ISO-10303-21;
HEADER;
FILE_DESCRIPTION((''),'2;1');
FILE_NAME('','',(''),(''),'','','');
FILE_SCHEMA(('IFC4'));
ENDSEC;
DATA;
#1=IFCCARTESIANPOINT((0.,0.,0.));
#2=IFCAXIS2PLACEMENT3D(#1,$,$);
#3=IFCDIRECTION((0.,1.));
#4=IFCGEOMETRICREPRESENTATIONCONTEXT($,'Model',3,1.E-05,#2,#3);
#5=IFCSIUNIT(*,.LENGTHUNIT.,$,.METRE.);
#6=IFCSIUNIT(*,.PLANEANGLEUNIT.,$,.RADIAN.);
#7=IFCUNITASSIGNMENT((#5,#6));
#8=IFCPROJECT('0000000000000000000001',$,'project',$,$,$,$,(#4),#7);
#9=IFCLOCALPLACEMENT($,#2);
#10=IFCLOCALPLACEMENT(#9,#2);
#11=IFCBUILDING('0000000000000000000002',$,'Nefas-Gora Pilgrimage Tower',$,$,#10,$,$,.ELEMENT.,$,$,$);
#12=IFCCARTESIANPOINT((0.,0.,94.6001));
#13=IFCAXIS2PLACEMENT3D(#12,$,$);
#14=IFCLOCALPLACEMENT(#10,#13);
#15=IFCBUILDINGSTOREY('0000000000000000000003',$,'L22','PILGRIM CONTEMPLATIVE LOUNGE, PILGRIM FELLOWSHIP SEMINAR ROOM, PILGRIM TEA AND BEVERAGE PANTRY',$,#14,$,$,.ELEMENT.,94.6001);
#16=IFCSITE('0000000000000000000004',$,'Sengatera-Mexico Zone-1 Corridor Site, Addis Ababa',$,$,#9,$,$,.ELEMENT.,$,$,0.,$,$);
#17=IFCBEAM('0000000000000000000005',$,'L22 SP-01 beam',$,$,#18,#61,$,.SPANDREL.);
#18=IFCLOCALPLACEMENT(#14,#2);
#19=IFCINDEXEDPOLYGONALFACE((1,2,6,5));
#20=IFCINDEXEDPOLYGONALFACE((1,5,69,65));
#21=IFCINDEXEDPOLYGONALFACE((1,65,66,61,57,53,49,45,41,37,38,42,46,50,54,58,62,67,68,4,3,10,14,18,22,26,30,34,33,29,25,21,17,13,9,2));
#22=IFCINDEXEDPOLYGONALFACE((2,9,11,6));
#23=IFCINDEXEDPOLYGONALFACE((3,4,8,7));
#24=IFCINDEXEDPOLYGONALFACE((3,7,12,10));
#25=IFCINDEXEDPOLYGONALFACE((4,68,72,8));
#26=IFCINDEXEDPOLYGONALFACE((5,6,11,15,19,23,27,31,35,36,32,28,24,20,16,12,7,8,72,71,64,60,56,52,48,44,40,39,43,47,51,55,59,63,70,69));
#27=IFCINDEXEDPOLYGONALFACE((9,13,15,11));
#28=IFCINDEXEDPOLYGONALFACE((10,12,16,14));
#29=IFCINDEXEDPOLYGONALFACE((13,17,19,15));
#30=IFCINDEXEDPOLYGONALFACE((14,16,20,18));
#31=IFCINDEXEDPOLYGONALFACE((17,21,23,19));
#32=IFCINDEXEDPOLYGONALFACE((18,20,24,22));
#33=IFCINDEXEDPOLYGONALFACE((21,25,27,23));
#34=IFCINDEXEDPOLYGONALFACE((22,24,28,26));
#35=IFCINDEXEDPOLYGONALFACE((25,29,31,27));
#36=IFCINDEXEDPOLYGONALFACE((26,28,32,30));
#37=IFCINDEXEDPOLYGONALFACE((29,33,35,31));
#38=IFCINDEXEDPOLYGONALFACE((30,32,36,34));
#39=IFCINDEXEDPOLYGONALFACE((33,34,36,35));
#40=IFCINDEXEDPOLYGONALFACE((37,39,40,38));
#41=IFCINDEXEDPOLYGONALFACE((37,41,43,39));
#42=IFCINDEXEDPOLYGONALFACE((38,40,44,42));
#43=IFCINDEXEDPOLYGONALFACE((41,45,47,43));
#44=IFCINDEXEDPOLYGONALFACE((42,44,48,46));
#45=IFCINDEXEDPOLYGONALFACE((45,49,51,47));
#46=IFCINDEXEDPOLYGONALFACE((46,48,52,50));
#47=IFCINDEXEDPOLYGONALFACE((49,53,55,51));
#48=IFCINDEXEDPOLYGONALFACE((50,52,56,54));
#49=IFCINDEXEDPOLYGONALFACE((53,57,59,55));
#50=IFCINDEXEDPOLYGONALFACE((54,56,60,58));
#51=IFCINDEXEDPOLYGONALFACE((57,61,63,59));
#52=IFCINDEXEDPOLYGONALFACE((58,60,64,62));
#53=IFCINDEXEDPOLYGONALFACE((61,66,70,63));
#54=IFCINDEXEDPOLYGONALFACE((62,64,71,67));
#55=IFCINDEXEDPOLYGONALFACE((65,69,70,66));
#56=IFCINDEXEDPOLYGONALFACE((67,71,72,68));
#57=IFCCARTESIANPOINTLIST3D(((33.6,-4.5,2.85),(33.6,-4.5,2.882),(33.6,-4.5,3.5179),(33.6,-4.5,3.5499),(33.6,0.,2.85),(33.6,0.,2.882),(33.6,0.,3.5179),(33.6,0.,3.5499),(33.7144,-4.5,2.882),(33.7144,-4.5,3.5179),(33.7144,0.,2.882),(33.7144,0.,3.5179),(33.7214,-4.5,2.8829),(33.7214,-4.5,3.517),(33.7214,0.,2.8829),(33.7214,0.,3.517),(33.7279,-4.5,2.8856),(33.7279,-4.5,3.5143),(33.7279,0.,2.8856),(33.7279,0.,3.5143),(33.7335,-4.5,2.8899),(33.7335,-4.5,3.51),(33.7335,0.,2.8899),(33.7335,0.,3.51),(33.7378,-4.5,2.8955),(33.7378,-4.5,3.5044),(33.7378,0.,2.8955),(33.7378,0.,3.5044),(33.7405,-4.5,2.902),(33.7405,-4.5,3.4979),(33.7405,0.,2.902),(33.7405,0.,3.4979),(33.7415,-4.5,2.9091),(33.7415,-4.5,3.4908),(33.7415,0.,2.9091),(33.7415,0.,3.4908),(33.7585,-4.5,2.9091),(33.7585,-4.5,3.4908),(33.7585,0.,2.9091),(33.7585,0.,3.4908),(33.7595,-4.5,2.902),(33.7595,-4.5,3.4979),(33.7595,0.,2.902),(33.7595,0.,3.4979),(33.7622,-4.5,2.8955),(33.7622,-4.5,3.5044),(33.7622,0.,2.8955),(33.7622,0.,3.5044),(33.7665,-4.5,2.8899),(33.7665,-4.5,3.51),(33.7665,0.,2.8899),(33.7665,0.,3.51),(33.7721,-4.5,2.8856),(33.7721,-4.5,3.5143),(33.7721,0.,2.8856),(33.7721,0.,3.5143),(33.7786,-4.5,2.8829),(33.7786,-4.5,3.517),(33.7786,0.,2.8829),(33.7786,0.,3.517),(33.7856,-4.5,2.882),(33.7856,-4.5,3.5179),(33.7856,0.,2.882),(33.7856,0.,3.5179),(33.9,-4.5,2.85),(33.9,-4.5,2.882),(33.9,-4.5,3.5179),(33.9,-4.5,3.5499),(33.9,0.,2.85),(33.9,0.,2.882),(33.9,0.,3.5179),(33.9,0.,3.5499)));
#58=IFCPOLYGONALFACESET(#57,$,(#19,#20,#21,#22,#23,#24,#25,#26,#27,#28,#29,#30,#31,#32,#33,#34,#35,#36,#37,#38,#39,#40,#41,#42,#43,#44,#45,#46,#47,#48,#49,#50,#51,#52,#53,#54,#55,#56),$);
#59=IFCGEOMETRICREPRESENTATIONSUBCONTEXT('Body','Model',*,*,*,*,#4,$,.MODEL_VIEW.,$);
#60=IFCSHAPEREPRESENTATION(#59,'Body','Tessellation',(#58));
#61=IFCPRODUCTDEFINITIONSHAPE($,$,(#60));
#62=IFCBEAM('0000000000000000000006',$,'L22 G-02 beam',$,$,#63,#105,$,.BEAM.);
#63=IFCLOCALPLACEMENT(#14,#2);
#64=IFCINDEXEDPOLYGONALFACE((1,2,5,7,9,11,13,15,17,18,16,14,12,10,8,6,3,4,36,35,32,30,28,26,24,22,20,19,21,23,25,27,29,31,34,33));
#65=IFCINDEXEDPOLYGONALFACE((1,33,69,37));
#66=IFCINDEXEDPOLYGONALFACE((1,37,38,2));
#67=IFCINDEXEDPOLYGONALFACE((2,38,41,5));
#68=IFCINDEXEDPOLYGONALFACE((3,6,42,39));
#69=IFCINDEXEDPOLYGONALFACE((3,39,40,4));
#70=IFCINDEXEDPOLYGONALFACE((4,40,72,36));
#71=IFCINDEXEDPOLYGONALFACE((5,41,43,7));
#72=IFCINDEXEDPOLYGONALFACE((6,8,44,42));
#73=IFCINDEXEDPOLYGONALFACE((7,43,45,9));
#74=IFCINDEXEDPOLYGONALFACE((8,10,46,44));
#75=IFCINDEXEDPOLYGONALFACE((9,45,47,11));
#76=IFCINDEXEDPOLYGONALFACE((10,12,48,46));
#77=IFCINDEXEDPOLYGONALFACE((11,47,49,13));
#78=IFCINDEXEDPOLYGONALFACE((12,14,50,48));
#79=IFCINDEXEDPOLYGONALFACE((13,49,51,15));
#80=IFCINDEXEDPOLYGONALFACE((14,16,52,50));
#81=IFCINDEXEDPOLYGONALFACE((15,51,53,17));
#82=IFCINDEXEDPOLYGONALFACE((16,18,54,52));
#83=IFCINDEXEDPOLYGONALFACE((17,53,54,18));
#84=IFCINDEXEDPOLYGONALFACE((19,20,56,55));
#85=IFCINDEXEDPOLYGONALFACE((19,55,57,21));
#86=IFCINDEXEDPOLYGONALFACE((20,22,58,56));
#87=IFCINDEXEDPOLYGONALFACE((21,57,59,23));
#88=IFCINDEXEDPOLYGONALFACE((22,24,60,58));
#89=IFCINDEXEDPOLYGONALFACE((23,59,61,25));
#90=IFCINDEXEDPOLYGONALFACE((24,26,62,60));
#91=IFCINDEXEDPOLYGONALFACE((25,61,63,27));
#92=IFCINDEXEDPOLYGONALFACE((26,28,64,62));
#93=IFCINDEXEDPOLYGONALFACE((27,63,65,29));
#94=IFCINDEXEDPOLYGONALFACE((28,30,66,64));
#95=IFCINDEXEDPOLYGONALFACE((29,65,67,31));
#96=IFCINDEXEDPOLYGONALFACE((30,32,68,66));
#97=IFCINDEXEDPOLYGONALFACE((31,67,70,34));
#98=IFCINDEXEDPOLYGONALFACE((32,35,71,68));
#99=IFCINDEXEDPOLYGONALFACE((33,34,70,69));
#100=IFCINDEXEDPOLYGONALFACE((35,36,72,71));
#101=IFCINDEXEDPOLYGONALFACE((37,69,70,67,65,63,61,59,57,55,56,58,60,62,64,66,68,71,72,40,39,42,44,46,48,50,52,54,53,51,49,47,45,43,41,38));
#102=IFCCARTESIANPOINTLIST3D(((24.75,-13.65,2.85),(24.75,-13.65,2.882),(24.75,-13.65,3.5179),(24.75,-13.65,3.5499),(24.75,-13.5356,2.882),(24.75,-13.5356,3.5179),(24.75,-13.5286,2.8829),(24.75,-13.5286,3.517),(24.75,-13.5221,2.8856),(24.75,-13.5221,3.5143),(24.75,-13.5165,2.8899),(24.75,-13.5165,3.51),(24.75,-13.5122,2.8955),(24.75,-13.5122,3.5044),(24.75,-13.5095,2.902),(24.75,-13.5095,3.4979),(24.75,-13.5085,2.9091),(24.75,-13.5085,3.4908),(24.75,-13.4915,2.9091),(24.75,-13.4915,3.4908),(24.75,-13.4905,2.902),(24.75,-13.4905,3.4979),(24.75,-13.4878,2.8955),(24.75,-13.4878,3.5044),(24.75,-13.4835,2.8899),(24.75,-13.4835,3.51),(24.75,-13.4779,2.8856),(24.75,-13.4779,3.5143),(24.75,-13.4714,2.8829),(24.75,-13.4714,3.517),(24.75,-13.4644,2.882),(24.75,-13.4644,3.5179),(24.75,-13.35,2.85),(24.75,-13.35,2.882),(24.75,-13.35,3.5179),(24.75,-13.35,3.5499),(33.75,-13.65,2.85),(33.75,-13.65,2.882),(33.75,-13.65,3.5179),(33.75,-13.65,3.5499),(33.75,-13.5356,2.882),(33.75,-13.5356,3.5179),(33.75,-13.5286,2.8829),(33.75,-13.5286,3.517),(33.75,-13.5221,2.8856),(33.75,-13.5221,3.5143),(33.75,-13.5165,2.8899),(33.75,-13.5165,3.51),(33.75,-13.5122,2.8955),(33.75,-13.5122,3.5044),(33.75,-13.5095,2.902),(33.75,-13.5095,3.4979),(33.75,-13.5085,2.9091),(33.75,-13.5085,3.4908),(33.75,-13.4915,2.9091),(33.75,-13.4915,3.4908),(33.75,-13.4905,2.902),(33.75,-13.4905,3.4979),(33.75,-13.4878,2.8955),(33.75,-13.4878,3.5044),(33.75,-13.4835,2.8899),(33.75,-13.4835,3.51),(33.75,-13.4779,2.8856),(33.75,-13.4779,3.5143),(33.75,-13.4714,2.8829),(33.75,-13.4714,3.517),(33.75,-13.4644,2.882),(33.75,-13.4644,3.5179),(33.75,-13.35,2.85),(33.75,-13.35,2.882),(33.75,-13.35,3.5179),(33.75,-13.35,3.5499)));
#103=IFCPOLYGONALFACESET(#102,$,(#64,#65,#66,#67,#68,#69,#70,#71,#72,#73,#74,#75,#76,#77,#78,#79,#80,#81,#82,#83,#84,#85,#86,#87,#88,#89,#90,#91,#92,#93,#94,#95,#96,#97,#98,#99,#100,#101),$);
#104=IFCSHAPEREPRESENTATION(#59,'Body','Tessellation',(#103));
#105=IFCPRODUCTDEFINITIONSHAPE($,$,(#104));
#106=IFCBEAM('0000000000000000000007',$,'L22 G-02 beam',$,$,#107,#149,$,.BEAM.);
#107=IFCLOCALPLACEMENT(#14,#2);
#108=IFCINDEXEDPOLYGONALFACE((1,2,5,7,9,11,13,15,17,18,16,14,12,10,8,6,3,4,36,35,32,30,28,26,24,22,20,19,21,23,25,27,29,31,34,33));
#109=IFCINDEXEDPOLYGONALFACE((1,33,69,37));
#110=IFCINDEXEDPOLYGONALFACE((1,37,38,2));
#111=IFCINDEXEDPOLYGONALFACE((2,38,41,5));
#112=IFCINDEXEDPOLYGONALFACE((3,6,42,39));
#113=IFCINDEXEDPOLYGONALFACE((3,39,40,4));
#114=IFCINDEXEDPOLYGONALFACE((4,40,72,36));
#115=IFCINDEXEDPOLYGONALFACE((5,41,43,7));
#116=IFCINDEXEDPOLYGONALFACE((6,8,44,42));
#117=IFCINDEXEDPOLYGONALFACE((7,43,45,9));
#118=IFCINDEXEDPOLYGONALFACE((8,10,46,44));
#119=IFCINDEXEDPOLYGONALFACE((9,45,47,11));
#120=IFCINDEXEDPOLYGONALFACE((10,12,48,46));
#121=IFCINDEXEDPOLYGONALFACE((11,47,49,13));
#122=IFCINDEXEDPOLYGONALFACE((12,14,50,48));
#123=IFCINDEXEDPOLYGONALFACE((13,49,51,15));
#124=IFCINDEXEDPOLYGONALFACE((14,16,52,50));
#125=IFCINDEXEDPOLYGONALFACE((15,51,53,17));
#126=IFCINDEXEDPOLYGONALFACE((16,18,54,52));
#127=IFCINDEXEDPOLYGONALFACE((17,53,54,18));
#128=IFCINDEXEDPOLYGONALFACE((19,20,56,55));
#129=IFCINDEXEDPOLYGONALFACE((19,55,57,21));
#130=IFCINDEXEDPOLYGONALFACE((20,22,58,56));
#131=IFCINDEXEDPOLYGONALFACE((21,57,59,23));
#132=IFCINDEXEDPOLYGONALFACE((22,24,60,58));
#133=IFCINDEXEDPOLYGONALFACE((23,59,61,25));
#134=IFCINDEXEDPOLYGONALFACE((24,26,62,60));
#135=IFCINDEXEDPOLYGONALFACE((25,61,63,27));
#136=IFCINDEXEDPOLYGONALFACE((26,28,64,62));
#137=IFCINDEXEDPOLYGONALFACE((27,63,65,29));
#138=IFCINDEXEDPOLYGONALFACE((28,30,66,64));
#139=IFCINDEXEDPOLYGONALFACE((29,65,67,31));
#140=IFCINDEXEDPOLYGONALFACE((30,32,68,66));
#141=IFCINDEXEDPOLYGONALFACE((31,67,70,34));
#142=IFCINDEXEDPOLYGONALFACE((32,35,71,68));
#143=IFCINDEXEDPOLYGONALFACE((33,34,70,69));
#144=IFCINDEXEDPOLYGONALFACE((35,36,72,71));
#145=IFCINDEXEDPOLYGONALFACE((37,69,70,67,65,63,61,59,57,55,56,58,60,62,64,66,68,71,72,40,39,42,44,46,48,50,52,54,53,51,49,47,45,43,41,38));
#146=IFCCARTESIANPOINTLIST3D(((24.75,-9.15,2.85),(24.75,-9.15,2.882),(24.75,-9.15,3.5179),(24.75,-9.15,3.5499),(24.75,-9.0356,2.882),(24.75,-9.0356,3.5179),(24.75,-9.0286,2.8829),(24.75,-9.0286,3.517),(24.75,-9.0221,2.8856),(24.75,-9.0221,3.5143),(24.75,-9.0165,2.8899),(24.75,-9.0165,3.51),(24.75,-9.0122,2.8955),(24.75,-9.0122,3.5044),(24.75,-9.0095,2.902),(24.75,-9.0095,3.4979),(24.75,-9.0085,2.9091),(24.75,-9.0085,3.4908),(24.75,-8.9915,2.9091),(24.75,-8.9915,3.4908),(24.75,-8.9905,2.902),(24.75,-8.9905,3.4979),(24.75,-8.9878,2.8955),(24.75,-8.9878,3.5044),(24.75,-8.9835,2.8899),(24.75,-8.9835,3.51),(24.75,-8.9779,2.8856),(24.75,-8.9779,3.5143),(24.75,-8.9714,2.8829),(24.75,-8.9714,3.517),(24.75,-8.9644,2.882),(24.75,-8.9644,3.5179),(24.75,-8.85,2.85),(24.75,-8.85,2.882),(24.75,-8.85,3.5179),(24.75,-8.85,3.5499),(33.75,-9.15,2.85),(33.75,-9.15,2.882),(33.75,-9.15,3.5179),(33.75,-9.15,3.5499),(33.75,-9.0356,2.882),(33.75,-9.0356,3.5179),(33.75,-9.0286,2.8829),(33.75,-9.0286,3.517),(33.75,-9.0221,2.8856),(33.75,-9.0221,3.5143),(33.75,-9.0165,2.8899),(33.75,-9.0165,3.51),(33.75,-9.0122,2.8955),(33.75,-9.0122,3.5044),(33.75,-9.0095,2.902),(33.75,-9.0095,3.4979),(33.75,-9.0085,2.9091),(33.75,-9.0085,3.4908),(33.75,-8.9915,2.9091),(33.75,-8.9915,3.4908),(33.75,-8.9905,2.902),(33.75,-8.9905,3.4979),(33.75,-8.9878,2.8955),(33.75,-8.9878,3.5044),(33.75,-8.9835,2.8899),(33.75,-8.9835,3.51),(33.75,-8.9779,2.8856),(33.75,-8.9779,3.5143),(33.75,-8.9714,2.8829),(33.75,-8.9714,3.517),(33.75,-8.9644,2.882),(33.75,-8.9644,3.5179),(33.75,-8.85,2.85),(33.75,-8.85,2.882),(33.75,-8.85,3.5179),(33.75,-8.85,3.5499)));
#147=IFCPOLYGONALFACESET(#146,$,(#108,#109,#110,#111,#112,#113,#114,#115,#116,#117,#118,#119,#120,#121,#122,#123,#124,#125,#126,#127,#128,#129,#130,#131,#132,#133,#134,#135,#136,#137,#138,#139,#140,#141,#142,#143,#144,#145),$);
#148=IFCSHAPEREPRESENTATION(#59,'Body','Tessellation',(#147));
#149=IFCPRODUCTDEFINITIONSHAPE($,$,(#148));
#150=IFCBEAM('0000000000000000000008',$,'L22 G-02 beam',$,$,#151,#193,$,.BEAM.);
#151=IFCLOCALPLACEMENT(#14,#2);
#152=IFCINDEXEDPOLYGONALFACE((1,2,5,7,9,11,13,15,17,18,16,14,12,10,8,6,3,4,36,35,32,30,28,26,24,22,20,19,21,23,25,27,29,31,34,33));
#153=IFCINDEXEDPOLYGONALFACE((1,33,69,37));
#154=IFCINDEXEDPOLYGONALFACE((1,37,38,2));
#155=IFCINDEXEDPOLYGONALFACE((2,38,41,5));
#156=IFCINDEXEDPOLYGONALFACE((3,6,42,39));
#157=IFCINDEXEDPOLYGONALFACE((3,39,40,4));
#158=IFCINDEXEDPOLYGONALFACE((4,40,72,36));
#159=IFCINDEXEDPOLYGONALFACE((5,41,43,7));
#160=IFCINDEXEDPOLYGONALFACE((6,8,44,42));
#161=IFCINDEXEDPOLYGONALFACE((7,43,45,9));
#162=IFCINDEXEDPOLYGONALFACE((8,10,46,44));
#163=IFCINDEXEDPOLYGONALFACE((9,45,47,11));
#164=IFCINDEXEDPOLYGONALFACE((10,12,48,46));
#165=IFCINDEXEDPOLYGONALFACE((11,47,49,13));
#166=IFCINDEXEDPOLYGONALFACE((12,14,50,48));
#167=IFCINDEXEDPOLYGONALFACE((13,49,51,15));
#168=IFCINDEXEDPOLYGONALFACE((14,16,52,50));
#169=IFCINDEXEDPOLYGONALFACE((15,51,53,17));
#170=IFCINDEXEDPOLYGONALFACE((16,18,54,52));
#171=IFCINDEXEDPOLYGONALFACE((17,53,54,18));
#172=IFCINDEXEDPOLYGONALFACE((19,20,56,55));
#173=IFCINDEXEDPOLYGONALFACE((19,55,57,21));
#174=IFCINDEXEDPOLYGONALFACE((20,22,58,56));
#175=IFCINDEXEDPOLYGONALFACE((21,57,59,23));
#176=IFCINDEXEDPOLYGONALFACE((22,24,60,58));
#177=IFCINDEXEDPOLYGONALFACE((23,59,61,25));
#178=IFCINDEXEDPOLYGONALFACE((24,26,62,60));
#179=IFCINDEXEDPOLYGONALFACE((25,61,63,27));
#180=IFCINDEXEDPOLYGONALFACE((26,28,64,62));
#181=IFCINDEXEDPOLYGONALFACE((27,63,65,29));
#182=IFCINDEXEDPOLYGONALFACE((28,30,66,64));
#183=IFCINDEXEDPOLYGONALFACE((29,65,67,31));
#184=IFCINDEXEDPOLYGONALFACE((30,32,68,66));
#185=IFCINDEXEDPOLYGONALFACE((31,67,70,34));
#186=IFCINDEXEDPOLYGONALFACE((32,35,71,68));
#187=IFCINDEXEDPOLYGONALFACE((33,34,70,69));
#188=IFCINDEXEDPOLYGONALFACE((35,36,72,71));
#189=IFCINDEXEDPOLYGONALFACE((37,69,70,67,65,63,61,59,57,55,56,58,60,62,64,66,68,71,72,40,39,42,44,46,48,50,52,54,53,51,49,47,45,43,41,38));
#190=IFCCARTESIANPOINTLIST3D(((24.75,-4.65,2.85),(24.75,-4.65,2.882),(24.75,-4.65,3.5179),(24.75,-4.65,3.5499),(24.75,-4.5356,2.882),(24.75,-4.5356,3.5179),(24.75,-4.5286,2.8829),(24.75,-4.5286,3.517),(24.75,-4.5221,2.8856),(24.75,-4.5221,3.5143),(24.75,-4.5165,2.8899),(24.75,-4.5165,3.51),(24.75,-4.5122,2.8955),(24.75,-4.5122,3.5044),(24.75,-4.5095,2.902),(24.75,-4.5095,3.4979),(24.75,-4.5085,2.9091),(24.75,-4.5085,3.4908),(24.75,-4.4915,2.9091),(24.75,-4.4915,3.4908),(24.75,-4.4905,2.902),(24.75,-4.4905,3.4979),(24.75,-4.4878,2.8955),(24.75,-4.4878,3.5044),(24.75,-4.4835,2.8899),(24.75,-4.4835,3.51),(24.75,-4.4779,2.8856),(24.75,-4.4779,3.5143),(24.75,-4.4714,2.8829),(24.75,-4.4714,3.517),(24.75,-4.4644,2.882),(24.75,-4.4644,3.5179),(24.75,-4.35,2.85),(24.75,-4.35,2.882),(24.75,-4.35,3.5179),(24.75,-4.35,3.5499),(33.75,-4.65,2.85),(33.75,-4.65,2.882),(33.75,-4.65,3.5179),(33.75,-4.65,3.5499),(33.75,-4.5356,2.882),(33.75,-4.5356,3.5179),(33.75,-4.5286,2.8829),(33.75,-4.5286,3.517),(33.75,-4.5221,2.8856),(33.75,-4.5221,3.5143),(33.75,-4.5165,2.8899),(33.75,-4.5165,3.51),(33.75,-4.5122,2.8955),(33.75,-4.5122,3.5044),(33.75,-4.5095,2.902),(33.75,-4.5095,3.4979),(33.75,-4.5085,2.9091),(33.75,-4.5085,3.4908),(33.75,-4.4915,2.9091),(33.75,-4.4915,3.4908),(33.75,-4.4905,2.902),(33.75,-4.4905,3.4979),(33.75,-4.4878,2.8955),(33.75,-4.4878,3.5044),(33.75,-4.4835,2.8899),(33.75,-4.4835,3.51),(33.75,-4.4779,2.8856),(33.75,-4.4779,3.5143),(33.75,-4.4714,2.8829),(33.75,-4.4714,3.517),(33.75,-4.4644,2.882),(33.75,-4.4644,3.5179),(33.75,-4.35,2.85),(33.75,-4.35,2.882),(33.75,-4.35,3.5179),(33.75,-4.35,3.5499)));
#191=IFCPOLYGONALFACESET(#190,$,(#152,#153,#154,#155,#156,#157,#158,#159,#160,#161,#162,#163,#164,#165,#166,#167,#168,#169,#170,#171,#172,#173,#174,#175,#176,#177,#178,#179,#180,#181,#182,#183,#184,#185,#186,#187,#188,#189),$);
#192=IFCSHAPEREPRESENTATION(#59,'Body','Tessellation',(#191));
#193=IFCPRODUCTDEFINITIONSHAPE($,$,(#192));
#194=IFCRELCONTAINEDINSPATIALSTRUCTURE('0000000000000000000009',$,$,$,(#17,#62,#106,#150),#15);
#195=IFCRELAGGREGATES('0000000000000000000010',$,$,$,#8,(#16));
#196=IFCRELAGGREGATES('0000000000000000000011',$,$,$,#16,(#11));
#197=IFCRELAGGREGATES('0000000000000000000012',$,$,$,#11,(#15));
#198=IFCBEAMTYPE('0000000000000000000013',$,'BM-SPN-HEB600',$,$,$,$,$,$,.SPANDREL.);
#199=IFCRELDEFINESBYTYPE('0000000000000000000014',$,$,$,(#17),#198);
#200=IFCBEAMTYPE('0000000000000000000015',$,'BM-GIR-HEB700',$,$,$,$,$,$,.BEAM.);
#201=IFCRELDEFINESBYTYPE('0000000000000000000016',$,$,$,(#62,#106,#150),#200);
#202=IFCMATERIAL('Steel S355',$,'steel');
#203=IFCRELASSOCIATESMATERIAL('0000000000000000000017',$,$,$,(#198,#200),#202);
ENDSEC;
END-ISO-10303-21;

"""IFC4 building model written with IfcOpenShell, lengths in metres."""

from ifc_helpers import new_model, si_unit, direction, frame, origin, origin_2d, place, context, subcontext, project, spatial, i_section, extrude, source, transform, mapped, material, material_profile, profile_set, type_object, element, save


model = new_model("IFC4")

# Units and contexts
model_context = context("Model", 3, precision=1e-05, world=origin(), true_north=direction((0.0, 1.0)))
body_context = subcontext(model_context, "Body", "Model", "MODEL_VIEW")
ifc_project = project(units=[si_unit("LENGTHUNIT", "METRE"), si_unit("PLANEANGLEUNIT", "RADIAN")], contexts=[model_context])

# Site, building, storey
site_placement = place(None, origin())
site = spatial("IfcSite", under=ifc_project, at=site_placement, Name="Sengatera-Mexico Zone-1 Corridor Site, Addis Ababa", CompositionType="ELEMENT", RefElevation=0.0)
building_placement = place(site_placement, origin())
building = spatial("IfcBuilding", under=site, at=building_placement, Name="Nefas-Gora Pilgrimage Tower", CompositionType="ELEMENT")
storey_placement = place(building_placement, frame((0.0, 0.0, 94.6001)))
storey = spatial("IfcBuildingStorey", under=building, at=storey_placement, Name="L22", Description="PILGRIM CONTEMPLATIVE LOUNGE, PILGRIM FELLOWSHIP SEMINAR ROOM, PILGRIM TEA AND BEVERAGE PANTRY", CompositionType="ELEMENT", Elevation=94.6001)

# Beams
ifc_material_1 = material(Name="Steel S355", Category="steel")
ifc_material_profile_1 = material_profile(ifc_material_1, i_section(OverallWidth=0.3, OverallDepth=0.7, WebThickness=0.0171, FlangeThickness=0.032, FilletRadius=0.0271, at=origin_2d()), Name="HEB 700")
ifc_profile_set_1 = profile_set([ifc_material_profile_1], Name="Steel S355")
beam_type_1 = type_object("IfcBeamType", Name="BM-SPN-HEB600", PredefinedType="SPANDREL", material=ifc_profile_set_1)
shared_shape_1 = source(origin(), body_context, "Body", "SweptSolid", [
    extrude(i_section(OverallWidth=0.3, OverallDepth=0.7, WebThickness=0.0171, FlangeThickness=0.032, FilletRadius=0.0271, at=origin_2d()), origin(), (0.0, 0.0, 1.0), 4.5),
])
for number, where, z_axis, x_axis, name in (
    (1, (33.75, -4.5, 3.2), (0.0, 1.0, 0.0), (-1.0, 0.0, 0.0), "L22 SP-01 beam"),
):
    element("IfcBeam", number, at=place(storey_placement, frame(where, z_axis=z_axis, x_axis=x_axis)), inside=storey, type_object=beam_type_1, Name=name, PredefinedType="SPANDREL", context=body_context, shape_type="MappedRepresentation", body=[
        mapped(shared_shape_1, transform((0.0, 0.0, 0.0), x_axis=(1.0, 0.0, 0.0), y_axis=(0.0, 1.0, 0.0), z_axis=(0.0, 0.0, 1.0), scale=1.0)),
    ])
ifc_material_profile_2 = material_profile(ifc_material_1, i_section(OverallWidth=0.3, OverallDepth=0.7, WebThickness=0.0171, FlangeThickness=0.032, FilletRadius=0.0271, at=origin_2d()), Name="HEB 700")
ifc_profile_set_2 = profile_set([ifc_material_profile_2], Name="Steel S355")
beam_type_2 = type_object("IfcBeamType", Name="BM-GIR-HEB700", PredefinedType="BEAM", material=ifc_profile_set_2)
shared_shape_2 = source(origin(), body_context, "Body", "SweptSolid", [
    extrude(i_section(OverallWidth=0.3, OverallDepth=0.7, WebThickness=0.0171, FlangeThickness=0.032, FilletRadius=0.0271, at=origin_2d()), origin(), (0.0, 0.0, 1.0), 9.0),
])
for number, where, z_axis, x_axis, name in (
    (2, (24.75, -13.5, 3.2), (1.0, 0.0, 0.0), (0.0, 1.0, 0.0), "L22 G-02 beam"),
    (3, (24.75, -9.0, 3.2), (1.0, 0.0, 0.0), (0.0, 1.0, 0.0), "L22 G-02 beam"),
    (4, (24.75, -4.5, 3.2), (1.0, 0.0, 0.0), (0.0, 1.0, 0.0), "L22 G-02 beam"),
):
    element("IfcBeam", number, at=place(storey_placement, frame(where, z_axis=z_axis, x_axis=x_axis)), inside=storey, type_object=beam_type_2, Name=name, PredefinedType="BEAM", context=body_context, shape_type="MappedRepresentation", body=[
        mapped(shared_shape_2, transform((0.0, 0.0, 0.0), x_axis=(1.0, 0.0, 0.0), y_axis=(0.0, 1.0, 0.0), z_axis=(0.0, 0.0, 1.0), scale=1.0)),
    ])

save(model, "model.ifc")
